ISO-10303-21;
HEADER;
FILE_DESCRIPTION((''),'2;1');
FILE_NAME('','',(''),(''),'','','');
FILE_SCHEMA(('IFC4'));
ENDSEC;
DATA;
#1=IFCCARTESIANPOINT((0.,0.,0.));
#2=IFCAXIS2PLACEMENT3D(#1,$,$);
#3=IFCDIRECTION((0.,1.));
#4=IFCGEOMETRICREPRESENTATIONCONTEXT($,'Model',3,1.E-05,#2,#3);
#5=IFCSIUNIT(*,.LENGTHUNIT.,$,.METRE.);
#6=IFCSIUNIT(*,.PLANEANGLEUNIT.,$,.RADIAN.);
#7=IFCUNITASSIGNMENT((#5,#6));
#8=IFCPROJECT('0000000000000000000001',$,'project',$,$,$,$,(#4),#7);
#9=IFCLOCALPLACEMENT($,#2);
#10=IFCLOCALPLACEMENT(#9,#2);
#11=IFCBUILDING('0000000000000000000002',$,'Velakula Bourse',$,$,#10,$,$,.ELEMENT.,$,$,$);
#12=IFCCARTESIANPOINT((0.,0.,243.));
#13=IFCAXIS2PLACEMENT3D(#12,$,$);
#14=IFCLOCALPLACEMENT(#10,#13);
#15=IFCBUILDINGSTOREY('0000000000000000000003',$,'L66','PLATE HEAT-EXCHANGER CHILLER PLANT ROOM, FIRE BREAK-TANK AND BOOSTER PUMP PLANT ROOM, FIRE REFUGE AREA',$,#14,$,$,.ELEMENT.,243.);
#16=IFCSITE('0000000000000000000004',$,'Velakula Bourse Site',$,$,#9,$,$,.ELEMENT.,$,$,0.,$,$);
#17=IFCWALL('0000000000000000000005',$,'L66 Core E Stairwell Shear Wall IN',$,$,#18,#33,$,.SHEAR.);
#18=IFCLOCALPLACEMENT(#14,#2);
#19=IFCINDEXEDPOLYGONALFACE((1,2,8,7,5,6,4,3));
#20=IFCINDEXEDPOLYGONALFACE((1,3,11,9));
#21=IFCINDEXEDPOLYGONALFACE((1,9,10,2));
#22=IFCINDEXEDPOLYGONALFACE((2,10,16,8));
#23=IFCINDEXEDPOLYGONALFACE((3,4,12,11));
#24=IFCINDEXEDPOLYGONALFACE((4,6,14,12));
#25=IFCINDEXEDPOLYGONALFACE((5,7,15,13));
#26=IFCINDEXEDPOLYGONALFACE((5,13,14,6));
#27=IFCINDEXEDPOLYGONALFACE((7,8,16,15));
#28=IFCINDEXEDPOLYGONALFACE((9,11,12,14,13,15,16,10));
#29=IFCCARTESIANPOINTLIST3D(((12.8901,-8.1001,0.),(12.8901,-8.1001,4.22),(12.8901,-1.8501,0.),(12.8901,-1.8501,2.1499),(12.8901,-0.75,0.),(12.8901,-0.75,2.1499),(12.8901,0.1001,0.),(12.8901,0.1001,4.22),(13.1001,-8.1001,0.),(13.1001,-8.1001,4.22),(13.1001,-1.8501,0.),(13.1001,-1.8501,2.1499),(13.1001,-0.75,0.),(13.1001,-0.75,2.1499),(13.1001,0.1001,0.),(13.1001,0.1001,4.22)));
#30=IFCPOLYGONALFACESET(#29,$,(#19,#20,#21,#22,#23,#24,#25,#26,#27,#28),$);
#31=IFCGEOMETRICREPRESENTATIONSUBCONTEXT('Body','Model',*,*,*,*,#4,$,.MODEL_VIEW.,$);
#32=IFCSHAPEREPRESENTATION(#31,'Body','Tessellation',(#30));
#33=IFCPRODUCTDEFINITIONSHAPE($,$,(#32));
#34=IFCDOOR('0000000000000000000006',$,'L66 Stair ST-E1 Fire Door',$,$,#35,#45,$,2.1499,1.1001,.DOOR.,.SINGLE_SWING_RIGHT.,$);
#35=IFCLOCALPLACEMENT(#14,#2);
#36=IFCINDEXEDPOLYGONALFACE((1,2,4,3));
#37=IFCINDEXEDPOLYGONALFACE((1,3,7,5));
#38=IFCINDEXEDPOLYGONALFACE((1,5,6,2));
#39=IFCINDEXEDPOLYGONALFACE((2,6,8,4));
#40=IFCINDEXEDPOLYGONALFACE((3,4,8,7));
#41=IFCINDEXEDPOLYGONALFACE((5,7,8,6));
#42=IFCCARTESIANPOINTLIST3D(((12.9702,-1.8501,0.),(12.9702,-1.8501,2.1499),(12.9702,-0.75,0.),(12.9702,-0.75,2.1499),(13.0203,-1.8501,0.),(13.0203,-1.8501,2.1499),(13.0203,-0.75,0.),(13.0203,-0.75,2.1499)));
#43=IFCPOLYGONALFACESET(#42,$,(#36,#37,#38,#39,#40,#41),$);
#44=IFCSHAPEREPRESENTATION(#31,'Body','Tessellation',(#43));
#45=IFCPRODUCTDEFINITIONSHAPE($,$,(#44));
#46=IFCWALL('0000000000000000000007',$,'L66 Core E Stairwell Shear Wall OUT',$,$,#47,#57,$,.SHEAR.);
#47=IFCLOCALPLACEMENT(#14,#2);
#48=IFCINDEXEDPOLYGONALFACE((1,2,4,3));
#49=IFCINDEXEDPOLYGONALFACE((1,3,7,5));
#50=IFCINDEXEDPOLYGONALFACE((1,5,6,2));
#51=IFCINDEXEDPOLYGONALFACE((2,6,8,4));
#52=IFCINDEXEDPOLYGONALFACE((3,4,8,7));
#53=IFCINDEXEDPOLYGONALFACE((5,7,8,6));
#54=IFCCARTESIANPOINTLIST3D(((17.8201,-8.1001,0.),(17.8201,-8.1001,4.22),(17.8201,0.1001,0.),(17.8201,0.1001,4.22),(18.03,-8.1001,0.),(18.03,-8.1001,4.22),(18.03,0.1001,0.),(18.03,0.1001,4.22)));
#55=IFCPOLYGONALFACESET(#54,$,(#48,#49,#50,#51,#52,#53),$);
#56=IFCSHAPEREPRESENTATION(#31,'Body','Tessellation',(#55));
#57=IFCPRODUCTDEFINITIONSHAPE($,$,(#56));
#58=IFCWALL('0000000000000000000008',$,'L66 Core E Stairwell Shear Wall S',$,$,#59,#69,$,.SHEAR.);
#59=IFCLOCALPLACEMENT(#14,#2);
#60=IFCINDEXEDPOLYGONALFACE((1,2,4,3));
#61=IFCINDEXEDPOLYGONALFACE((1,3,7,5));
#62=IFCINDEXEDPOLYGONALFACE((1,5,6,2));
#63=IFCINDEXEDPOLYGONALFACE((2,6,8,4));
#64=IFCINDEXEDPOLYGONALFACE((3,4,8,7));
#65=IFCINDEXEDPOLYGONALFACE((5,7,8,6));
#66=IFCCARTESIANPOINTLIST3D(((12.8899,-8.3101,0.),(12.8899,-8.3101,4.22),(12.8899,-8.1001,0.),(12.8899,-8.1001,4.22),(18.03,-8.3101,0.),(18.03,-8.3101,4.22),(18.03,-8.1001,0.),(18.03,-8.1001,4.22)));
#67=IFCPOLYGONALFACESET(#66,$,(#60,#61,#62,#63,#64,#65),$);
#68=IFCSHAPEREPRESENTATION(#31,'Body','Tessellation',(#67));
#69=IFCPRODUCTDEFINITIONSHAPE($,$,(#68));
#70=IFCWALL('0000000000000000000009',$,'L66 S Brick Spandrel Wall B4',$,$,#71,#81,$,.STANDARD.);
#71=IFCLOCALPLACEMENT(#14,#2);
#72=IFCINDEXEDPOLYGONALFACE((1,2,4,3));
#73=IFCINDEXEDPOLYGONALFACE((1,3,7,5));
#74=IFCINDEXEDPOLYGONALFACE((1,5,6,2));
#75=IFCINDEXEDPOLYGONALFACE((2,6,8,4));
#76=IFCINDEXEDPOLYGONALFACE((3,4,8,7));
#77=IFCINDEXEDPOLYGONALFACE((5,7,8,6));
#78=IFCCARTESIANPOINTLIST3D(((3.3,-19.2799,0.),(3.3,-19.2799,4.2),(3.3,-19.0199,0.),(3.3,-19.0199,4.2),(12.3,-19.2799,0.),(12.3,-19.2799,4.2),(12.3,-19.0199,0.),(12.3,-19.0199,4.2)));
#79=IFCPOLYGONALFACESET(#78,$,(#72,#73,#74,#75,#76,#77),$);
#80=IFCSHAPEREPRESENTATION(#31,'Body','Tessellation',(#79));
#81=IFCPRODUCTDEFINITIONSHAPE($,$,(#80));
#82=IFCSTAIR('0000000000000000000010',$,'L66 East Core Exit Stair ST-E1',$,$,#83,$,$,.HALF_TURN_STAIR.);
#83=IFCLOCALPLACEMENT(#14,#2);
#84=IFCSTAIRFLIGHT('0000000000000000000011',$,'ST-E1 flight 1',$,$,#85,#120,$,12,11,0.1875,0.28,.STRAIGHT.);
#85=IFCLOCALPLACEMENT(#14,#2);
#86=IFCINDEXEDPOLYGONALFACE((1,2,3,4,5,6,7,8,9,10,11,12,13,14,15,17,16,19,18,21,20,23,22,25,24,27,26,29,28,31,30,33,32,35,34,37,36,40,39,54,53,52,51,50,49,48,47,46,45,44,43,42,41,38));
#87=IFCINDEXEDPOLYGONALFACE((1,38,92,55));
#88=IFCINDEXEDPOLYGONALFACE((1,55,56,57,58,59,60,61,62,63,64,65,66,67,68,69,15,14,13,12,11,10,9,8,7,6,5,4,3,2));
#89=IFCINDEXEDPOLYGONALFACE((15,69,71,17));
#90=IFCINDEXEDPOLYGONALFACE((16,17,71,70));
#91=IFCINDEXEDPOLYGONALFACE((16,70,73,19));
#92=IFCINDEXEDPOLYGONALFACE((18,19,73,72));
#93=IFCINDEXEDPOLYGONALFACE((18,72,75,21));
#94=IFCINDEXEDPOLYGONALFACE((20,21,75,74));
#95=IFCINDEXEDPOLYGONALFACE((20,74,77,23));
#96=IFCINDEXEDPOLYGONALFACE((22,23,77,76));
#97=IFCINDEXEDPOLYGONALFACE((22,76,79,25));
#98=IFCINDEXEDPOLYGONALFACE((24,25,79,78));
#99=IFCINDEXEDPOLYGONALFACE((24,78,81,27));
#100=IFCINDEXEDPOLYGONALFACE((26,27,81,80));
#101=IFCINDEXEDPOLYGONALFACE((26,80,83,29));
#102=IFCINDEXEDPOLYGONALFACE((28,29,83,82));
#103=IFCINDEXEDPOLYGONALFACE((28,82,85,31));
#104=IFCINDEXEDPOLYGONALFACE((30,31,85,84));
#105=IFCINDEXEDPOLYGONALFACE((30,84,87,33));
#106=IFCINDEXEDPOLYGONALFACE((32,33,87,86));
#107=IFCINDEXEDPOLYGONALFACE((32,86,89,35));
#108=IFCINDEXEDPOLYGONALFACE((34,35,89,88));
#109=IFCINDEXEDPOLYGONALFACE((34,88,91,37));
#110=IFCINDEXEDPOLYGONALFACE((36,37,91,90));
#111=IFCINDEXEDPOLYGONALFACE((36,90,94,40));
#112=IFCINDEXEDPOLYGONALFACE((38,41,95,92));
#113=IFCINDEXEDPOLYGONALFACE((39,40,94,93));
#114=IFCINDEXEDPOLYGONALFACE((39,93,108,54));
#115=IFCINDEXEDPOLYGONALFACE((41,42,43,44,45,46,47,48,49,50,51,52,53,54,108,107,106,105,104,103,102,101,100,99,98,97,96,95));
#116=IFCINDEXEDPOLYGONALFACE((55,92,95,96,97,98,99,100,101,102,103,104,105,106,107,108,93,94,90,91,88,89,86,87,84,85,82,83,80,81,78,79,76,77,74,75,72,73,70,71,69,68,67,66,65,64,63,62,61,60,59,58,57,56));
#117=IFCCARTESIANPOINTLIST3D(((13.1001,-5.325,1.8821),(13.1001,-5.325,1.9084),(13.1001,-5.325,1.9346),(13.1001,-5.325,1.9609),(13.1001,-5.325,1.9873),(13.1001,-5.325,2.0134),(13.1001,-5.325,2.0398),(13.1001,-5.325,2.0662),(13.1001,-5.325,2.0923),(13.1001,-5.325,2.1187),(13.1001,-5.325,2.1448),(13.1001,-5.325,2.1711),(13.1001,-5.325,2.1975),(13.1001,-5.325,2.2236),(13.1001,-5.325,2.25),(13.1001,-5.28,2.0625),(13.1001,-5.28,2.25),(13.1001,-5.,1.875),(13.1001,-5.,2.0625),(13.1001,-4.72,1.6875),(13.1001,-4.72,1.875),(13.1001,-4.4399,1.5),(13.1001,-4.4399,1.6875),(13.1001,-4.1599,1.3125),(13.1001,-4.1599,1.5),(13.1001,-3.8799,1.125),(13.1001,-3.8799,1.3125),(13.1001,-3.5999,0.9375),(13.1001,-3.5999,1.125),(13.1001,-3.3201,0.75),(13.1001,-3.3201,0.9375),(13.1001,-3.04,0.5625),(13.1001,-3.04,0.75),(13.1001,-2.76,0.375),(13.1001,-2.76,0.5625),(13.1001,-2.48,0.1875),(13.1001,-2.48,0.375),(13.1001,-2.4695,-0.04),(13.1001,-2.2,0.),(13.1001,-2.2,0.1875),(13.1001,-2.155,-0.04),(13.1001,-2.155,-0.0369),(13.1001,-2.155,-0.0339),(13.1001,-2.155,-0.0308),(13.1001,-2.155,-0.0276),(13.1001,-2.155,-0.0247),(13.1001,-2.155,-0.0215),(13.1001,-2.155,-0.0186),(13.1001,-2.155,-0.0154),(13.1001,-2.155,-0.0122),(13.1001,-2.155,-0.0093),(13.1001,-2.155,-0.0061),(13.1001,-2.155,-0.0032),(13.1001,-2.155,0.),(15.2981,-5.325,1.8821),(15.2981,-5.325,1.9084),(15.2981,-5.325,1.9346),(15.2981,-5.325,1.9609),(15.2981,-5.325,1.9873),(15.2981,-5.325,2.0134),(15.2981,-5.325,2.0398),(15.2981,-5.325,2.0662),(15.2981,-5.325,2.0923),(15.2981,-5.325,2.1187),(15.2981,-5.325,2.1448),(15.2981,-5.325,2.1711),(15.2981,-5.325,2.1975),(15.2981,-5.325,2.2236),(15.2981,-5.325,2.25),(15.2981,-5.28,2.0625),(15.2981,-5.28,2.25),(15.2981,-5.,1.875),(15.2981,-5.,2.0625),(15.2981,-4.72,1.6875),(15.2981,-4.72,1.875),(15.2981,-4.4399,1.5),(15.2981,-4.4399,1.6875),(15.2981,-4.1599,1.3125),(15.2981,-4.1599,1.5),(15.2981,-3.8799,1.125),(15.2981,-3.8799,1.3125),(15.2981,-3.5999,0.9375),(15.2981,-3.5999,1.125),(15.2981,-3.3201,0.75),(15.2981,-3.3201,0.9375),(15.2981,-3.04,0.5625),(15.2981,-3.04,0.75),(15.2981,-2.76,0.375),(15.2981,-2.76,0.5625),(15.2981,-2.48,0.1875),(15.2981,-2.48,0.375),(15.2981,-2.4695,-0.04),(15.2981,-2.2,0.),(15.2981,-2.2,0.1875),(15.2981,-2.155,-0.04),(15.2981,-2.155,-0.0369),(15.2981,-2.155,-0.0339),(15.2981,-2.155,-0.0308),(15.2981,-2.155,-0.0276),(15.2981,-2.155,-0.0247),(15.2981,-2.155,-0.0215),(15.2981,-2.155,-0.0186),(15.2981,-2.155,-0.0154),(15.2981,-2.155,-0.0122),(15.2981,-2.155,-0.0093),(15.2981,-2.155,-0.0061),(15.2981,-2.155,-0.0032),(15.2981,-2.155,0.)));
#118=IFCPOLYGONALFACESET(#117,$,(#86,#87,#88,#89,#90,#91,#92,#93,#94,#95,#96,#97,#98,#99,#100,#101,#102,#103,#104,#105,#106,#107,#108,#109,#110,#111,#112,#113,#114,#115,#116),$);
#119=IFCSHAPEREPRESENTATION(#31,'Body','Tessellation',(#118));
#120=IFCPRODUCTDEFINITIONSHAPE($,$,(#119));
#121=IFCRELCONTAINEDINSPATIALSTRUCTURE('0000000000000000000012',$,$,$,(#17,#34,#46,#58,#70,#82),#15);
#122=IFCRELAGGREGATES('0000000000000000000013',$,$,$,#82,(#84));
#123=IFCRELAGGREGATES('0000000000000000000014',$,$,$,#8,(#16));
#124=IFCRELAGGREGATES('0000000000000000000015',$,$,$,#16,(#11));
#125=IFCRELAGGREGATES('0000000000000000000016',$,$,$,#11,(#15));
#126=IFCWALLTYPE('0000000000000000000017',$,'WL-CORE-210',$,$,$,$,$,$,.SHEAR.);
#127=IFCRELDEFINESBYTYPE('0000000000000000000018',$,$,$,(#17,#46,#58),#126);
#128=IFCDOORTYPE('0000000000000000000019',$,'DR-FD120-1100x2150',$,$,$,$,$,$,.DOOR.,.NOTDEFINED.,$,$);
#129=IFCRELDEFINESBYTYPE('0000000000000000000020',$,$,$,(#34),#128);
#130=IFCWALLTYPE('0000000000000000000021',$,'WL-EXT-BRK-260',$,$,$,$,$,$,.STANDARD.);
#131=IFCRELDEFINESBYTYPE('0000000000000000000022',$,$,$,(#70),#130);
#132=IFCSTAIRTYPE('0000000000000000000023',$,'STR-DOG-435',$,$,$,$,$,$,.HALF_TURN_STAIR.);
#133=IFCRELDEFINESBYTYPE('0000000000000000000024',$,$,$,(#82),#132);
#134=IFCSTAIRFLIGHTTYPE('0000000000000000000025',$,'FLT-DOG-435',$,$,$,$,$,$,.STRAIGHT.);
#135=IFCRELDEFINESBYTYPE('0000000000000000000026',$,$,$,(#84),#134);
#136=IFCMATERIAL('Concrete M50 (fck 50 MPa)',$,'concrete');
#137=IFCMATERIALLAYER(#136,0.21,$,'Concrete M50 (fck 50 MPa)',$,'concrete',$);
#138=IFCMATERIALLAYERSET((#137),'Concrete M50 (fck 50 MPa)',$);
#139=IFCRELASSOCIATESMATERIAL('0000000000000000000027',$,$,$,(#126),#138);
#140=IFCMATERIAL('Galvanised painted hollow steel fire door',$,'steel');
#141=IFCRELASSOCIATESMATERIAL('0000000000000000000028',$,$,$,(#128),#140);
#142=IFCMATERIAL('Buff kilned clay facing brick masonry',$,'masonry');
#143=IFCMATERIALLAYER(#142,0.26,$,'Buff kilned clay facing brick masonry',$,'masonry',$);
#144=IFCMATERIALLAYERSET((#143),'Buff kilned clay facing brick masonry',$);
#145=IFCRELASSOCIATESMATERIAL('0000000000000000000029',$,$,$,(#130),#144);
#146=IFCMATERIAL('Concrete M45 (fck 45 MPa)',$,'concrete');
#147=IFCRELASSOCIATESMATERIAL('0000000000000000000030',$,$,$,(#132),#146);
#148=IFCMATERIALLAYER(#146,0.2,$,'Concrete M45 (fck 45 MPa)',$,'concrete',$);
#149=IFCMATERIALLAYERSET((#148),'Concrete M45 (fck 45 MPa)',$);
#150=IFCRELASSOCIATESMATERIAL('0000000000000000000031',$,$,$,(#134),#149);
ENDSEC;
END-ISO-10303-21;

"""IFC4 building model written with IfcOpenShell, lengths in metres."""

from ifc_helpers import new_model, si_unit, direction, frame, frame_2d, origin, place, context, subcontext, project, spatial, polyline, rectangle, outline, extrude, material, layer, layer_set, type_object, element, fill, aggregate, save


model = new_model("IFC4")

# Units and contexts
model_context = context("Model", 3, precision=1e-05, world=origin(), true_north=direction((0.0, 1.0)))
body_context = subcontext(model_context, "Body", "Model", "MODEL_VIEW")
ifc_project = project(units=[si_unit("LENGTHUNIT", "METRE"), si_unit("PLANEANGLEUNIT", "RADIAN")], contexts=[model_context])

# Site, building, storey
site_placement = place(None, origin())
site = spatial("IfcSite", under=ifc_project, at=site_placement, Name="Velakula Bourse Site", CompositionType="ELEMENT", RefElevation=0.0)
building_placement = place(site_placement, origin())
building = spatial("IfcBuilding", under=site, at=building_placement, Name="Velakula Bourse", CompositionType="ELEMENT")
storey_placement = place(building_placement, frame((0.0, 0.0, 243.0)))
storey = spatial("IfcBuildingStorey", under=building, at=storey_placement, Name="L66", Description="PLATE HEAT-EXCHANGER CHILLER PLANT ROOM, FIRE BREAK-TANK AND BOOSTER PUMP PLANT ROOM, FIRE REFUGE AREA", CompositionType="ELEMENT", Elevation=243.0)

# Wall, opening, door
ifc_material_1 = material(Name="Concrete M50 (fck 50 MPa)", Category="concrete")
ifc_layer_1 = layer(ifc_material_1, 0.21, Name="Concrete M50 (fck 50 MPa)", Category="concrete")
ifc_layer_set_1 = layer_set([ifc_layer_1], Name="Concrete M50 (fck 50 MPa)")
wall_type_1 = type_object("IfcWallType", Name="WL-CORE-210", PredefinedType="SHEAR", material=ifc_layer_set_1)
wall_1_placement = place(storey_placement, frame((12.9951, -8.1001, 0.0), z_axis=(0.0, 0.0, 1.0), x_axis=(0.0, 1.0, 0.0)))
wall_1 = element("IfcWall", 1, at=wall_1_placement, inside=storey, type_object=wall_type_1, Name="L66 Core E Stairwell Shear Wall IN", PredefinedType="SHEAR", context=body_context, shape_type="SweptSolid", body=[
    extrude(rectangle(XDim=8.2002, YDim=0.21, at=frame_2d((4.1001, 0.0))), origin(), (0.0, 0.0, 1.0), 4.22),
])
opening_placement = place(wall_1_placement, frame((6.25, 0.0, 0.0)))
opening = element("IfcOpeningElement", 2, at=opening_placement, cuts=wall_1, PredefinedType="OPENING", context=body_context, shape_type="SweptSolid", body=[
    extrude(rectangle(XDim=1.1001, YDim=2.1499, at=frame_2d((0.55, 1.075))), frame((0.0, 0.115, 0.0), z_axis=(0.0, -1.0, 0.0), x_axis=(1.0, 0.0, 0.0)), (0.0, 0.0, 1.0), 0.23),
])
ifc_material_2 = material(Name="Galvanised painted hollow steel fire door", Category="steel")
door_type = type_object("IfcDoorType", Name="DR-FD120-1100x2150", OperationType="NOTDEFINED", PredefinedType="DOOR", material=ifc_material_2)
door_placement = place(opening_placement, origin())
door = element("IfcDoor", 3, at=door_placement, inside=storey, type_object=door_type, Name="L66 Stair ST-E1 Fire Door", OperationType="SINGLE_SWING_RIGHT", OverallHeight=2.1499, OverallWidth=1.1001, PredefinedType="DOOR", context=body_context, shape_type="SweptSolid", body=[
    extrude(rectangle(XDim=1.1001, YDim=2.1499, at=frame_2d((0.55, 1.075))), frame((0.0, 0.0249, 0.0), z_axis=(0.0, -1.0, 0.0), x_axis=(1.0, 0.0, 0.0)), (0.0, 0.0, 1.0), 0.05),
])
fill(opening, door)

# Walls
wall_2_placement = place(storey_placement, frame((17.925, -8.1001, 0.0), z_axis=(0.0, 0.0, 1.0), x_axis=(0.0, 1.0, 0.0)))
element("IfcWall", 4, at=wall_2_placement, inside=storey, type_object=wall_type_1, Name="L66 Core E Stairwell Shear Wall OUT", PredefinedType="SHEAR", context=body_context, shape_type="SweptSolid", body=[
    extrude(rectangle(XDim=8.2002, YDim=0.21, at=frame_2d((4.1001, 0.0))), origin(), (0.0, 0.0, 1.0), 4.22),
])
wall_3_placement = place(storey_placement, frame((12.8899, -8.2051, 0.0), z_axis=(0.0, 0.0, 1.0), x_axis=(1.0, 0.0, 0.0)))
element("IfcWall", 5, at=wall_3_placement, inside=storey, type_object=wall_type_1, Name="L66 Core E Stairwell Shear Wall S", PredefinedType="SHEAR", context=body_context, shape_type="SweptSolid", body=[
    extrude(rectangle(XDim=5.1401, YDim=0.21, at=frame_2d((2.5701, 0.0))), origin(), (0.0, 0.0, 1.0), 4.22),
])
ifc_material_3 = material(Name="Buff kilned clay facing brick masonry", Category="masonry")
ifc_layer_2 = layer(ifc_material_3, 0.26, Name="Buff kilned clay facing brick masonry", Category="masonry")
ifc_layer_set_2 = layer_set([ifc_layer_2], Name="Buff kilned clay facing brick masonry")
wall_type_2 = type_object("IfcWallType", Name="WL-EXT-BRK-260", PredefinedType="STANDARD", material=ifc_layer_set_2)
wall_4_placement = place(storey_placement, frame((12.3, -19.1499, 0.0), z_axis=(0.0, 0.0, 1.0), x_axis=(-1.0, 0.0, 0.0)))
element("IfcWall", 6, at=wall_4_placement, inside=storey, type_object=wall_type_2, Name="L66 S Brick Spandrel Wall B4", PredefinedType="STANDARD", context=body_context, shape_type="SweptSolid", body=[
    extrude(rectangle(XDim=9.0, YDim=0.26, at=frame_2d((4.5, 0.0))), origin(), (0.0, 0.0, 1.0), 4.2),
])

# Stair, stair flight
ifc_material_4 = material(Name="Concrete M45 (fck 45 MPa)", Category="concrete")
stair_type = type_object("IfcStairType", Name="STR-DOG-435", PredefinedType="HALF_TURN_STAIR", material=ifc_material_4)
stair_placement = place(storey_placement, origin())
stair = element("IfcStair", 7, at=stair_placement, inside=storey, type_object=stair_type, Name="L66 East Core Exit Stair ST-E1", PredefinedType="HALF_TURN_STAIR")
ifc_layer_3 = layer(ifc_material_4, 0.2, Name="Concrete M45 (fck 45 MPa)", Category="concrete")
ifc_layer_set_3 = layer_set([ifc_layer_3], Name="Concrete M45 (fck 45 MPa)")
stair_flight_type = type_object("IfcStairFlightType", Name="FLT-DOG-435", PredefinedType="STRAIGHT", material=ifc_layer_set_3)
stair_flight_1_placement = place(storey_placement, frame((14.199, -2.2, 0.0), z_axis=(0.0, 0.0, 1.0), x_axis=(0.0, -1.0, 0.0)))
stair_flight_1 = element("IfcStairFlight", 8, at=stair_flight_1_placement, type_object=stair_flight_type, Name="ST-E1 flight 1", NumberOfRisers=12, NumberOfTreads=11, PredefinedType="STRAIGHT", RiserHeight=0.1875, TreadLength=0.28, context=body_context, shape_type="SweptSolid", body=[
    extrude(outline(polyline([(-0.0449, -0.04), (-0.0449, -0.0369), (-0.0449, -0.0339), (-0.0449, -0.0308), (-0.0449, -0.0276), (-0.0449, -0.0247), (-0.0449, -0.0215), (-0.0449, -0.0186), (-0.0449, -0.0154), (-0.0449, -0.0122), (-0.0449, -0.0093), (-0.0449, -0.0061), (-0.0449, -0.0032), (-0.0449, 0.0), (0.0, 0.0), (0.0, 0.1875), (0.28, 0.1875), (0.28, 0.375), (0.5601, 0.375), (0.5601, 0.5625), (0.8401, 0.5625), (0.8401, 0.75), (1.1201, 0.75), (1.1201, 0.9375), (1.3999, 0.9375), (1.3999, 1.125), (1.6799, 1.125), (1.6799, 1.3125), (1.96, 1.3125), (1.96, 1.5), (2.24, 1.5), (2.24, 1.6875), (2.52, 1.6875), (2.52, 1.875), (2.8, 1.875), (2.8, 2.0625), (3.0801, 2.0625), (3.0801, 2.25), (3.125, 2.25), (3.125, 2.2236), (3.125, 2.1975), (3.125, 2.1711), (3.125, 2.1448), (3.125, 2.1187), (3.125, 2.0923), (3.125, 2.0662), (3.125, 2.0398), (3.125, 2.0134), (3.125, 1.9873), (3.125, 1.9609), (3.125, 1.9346), (3.125, 1.9084), (3.125, 1.8821), (0.2695, -0.04), (-0.0449, -0.04)])), frame((0.0, 1.0991, 0.0), z_axis=(0.0, -1.0, 0.0), x_axis=(1.0, 0.0, 0.0)), (0.0, 0.0, 1.0), 2.198),
])
aggregate(stair, [stair_flight_1])

save(model, "model.ifc")
